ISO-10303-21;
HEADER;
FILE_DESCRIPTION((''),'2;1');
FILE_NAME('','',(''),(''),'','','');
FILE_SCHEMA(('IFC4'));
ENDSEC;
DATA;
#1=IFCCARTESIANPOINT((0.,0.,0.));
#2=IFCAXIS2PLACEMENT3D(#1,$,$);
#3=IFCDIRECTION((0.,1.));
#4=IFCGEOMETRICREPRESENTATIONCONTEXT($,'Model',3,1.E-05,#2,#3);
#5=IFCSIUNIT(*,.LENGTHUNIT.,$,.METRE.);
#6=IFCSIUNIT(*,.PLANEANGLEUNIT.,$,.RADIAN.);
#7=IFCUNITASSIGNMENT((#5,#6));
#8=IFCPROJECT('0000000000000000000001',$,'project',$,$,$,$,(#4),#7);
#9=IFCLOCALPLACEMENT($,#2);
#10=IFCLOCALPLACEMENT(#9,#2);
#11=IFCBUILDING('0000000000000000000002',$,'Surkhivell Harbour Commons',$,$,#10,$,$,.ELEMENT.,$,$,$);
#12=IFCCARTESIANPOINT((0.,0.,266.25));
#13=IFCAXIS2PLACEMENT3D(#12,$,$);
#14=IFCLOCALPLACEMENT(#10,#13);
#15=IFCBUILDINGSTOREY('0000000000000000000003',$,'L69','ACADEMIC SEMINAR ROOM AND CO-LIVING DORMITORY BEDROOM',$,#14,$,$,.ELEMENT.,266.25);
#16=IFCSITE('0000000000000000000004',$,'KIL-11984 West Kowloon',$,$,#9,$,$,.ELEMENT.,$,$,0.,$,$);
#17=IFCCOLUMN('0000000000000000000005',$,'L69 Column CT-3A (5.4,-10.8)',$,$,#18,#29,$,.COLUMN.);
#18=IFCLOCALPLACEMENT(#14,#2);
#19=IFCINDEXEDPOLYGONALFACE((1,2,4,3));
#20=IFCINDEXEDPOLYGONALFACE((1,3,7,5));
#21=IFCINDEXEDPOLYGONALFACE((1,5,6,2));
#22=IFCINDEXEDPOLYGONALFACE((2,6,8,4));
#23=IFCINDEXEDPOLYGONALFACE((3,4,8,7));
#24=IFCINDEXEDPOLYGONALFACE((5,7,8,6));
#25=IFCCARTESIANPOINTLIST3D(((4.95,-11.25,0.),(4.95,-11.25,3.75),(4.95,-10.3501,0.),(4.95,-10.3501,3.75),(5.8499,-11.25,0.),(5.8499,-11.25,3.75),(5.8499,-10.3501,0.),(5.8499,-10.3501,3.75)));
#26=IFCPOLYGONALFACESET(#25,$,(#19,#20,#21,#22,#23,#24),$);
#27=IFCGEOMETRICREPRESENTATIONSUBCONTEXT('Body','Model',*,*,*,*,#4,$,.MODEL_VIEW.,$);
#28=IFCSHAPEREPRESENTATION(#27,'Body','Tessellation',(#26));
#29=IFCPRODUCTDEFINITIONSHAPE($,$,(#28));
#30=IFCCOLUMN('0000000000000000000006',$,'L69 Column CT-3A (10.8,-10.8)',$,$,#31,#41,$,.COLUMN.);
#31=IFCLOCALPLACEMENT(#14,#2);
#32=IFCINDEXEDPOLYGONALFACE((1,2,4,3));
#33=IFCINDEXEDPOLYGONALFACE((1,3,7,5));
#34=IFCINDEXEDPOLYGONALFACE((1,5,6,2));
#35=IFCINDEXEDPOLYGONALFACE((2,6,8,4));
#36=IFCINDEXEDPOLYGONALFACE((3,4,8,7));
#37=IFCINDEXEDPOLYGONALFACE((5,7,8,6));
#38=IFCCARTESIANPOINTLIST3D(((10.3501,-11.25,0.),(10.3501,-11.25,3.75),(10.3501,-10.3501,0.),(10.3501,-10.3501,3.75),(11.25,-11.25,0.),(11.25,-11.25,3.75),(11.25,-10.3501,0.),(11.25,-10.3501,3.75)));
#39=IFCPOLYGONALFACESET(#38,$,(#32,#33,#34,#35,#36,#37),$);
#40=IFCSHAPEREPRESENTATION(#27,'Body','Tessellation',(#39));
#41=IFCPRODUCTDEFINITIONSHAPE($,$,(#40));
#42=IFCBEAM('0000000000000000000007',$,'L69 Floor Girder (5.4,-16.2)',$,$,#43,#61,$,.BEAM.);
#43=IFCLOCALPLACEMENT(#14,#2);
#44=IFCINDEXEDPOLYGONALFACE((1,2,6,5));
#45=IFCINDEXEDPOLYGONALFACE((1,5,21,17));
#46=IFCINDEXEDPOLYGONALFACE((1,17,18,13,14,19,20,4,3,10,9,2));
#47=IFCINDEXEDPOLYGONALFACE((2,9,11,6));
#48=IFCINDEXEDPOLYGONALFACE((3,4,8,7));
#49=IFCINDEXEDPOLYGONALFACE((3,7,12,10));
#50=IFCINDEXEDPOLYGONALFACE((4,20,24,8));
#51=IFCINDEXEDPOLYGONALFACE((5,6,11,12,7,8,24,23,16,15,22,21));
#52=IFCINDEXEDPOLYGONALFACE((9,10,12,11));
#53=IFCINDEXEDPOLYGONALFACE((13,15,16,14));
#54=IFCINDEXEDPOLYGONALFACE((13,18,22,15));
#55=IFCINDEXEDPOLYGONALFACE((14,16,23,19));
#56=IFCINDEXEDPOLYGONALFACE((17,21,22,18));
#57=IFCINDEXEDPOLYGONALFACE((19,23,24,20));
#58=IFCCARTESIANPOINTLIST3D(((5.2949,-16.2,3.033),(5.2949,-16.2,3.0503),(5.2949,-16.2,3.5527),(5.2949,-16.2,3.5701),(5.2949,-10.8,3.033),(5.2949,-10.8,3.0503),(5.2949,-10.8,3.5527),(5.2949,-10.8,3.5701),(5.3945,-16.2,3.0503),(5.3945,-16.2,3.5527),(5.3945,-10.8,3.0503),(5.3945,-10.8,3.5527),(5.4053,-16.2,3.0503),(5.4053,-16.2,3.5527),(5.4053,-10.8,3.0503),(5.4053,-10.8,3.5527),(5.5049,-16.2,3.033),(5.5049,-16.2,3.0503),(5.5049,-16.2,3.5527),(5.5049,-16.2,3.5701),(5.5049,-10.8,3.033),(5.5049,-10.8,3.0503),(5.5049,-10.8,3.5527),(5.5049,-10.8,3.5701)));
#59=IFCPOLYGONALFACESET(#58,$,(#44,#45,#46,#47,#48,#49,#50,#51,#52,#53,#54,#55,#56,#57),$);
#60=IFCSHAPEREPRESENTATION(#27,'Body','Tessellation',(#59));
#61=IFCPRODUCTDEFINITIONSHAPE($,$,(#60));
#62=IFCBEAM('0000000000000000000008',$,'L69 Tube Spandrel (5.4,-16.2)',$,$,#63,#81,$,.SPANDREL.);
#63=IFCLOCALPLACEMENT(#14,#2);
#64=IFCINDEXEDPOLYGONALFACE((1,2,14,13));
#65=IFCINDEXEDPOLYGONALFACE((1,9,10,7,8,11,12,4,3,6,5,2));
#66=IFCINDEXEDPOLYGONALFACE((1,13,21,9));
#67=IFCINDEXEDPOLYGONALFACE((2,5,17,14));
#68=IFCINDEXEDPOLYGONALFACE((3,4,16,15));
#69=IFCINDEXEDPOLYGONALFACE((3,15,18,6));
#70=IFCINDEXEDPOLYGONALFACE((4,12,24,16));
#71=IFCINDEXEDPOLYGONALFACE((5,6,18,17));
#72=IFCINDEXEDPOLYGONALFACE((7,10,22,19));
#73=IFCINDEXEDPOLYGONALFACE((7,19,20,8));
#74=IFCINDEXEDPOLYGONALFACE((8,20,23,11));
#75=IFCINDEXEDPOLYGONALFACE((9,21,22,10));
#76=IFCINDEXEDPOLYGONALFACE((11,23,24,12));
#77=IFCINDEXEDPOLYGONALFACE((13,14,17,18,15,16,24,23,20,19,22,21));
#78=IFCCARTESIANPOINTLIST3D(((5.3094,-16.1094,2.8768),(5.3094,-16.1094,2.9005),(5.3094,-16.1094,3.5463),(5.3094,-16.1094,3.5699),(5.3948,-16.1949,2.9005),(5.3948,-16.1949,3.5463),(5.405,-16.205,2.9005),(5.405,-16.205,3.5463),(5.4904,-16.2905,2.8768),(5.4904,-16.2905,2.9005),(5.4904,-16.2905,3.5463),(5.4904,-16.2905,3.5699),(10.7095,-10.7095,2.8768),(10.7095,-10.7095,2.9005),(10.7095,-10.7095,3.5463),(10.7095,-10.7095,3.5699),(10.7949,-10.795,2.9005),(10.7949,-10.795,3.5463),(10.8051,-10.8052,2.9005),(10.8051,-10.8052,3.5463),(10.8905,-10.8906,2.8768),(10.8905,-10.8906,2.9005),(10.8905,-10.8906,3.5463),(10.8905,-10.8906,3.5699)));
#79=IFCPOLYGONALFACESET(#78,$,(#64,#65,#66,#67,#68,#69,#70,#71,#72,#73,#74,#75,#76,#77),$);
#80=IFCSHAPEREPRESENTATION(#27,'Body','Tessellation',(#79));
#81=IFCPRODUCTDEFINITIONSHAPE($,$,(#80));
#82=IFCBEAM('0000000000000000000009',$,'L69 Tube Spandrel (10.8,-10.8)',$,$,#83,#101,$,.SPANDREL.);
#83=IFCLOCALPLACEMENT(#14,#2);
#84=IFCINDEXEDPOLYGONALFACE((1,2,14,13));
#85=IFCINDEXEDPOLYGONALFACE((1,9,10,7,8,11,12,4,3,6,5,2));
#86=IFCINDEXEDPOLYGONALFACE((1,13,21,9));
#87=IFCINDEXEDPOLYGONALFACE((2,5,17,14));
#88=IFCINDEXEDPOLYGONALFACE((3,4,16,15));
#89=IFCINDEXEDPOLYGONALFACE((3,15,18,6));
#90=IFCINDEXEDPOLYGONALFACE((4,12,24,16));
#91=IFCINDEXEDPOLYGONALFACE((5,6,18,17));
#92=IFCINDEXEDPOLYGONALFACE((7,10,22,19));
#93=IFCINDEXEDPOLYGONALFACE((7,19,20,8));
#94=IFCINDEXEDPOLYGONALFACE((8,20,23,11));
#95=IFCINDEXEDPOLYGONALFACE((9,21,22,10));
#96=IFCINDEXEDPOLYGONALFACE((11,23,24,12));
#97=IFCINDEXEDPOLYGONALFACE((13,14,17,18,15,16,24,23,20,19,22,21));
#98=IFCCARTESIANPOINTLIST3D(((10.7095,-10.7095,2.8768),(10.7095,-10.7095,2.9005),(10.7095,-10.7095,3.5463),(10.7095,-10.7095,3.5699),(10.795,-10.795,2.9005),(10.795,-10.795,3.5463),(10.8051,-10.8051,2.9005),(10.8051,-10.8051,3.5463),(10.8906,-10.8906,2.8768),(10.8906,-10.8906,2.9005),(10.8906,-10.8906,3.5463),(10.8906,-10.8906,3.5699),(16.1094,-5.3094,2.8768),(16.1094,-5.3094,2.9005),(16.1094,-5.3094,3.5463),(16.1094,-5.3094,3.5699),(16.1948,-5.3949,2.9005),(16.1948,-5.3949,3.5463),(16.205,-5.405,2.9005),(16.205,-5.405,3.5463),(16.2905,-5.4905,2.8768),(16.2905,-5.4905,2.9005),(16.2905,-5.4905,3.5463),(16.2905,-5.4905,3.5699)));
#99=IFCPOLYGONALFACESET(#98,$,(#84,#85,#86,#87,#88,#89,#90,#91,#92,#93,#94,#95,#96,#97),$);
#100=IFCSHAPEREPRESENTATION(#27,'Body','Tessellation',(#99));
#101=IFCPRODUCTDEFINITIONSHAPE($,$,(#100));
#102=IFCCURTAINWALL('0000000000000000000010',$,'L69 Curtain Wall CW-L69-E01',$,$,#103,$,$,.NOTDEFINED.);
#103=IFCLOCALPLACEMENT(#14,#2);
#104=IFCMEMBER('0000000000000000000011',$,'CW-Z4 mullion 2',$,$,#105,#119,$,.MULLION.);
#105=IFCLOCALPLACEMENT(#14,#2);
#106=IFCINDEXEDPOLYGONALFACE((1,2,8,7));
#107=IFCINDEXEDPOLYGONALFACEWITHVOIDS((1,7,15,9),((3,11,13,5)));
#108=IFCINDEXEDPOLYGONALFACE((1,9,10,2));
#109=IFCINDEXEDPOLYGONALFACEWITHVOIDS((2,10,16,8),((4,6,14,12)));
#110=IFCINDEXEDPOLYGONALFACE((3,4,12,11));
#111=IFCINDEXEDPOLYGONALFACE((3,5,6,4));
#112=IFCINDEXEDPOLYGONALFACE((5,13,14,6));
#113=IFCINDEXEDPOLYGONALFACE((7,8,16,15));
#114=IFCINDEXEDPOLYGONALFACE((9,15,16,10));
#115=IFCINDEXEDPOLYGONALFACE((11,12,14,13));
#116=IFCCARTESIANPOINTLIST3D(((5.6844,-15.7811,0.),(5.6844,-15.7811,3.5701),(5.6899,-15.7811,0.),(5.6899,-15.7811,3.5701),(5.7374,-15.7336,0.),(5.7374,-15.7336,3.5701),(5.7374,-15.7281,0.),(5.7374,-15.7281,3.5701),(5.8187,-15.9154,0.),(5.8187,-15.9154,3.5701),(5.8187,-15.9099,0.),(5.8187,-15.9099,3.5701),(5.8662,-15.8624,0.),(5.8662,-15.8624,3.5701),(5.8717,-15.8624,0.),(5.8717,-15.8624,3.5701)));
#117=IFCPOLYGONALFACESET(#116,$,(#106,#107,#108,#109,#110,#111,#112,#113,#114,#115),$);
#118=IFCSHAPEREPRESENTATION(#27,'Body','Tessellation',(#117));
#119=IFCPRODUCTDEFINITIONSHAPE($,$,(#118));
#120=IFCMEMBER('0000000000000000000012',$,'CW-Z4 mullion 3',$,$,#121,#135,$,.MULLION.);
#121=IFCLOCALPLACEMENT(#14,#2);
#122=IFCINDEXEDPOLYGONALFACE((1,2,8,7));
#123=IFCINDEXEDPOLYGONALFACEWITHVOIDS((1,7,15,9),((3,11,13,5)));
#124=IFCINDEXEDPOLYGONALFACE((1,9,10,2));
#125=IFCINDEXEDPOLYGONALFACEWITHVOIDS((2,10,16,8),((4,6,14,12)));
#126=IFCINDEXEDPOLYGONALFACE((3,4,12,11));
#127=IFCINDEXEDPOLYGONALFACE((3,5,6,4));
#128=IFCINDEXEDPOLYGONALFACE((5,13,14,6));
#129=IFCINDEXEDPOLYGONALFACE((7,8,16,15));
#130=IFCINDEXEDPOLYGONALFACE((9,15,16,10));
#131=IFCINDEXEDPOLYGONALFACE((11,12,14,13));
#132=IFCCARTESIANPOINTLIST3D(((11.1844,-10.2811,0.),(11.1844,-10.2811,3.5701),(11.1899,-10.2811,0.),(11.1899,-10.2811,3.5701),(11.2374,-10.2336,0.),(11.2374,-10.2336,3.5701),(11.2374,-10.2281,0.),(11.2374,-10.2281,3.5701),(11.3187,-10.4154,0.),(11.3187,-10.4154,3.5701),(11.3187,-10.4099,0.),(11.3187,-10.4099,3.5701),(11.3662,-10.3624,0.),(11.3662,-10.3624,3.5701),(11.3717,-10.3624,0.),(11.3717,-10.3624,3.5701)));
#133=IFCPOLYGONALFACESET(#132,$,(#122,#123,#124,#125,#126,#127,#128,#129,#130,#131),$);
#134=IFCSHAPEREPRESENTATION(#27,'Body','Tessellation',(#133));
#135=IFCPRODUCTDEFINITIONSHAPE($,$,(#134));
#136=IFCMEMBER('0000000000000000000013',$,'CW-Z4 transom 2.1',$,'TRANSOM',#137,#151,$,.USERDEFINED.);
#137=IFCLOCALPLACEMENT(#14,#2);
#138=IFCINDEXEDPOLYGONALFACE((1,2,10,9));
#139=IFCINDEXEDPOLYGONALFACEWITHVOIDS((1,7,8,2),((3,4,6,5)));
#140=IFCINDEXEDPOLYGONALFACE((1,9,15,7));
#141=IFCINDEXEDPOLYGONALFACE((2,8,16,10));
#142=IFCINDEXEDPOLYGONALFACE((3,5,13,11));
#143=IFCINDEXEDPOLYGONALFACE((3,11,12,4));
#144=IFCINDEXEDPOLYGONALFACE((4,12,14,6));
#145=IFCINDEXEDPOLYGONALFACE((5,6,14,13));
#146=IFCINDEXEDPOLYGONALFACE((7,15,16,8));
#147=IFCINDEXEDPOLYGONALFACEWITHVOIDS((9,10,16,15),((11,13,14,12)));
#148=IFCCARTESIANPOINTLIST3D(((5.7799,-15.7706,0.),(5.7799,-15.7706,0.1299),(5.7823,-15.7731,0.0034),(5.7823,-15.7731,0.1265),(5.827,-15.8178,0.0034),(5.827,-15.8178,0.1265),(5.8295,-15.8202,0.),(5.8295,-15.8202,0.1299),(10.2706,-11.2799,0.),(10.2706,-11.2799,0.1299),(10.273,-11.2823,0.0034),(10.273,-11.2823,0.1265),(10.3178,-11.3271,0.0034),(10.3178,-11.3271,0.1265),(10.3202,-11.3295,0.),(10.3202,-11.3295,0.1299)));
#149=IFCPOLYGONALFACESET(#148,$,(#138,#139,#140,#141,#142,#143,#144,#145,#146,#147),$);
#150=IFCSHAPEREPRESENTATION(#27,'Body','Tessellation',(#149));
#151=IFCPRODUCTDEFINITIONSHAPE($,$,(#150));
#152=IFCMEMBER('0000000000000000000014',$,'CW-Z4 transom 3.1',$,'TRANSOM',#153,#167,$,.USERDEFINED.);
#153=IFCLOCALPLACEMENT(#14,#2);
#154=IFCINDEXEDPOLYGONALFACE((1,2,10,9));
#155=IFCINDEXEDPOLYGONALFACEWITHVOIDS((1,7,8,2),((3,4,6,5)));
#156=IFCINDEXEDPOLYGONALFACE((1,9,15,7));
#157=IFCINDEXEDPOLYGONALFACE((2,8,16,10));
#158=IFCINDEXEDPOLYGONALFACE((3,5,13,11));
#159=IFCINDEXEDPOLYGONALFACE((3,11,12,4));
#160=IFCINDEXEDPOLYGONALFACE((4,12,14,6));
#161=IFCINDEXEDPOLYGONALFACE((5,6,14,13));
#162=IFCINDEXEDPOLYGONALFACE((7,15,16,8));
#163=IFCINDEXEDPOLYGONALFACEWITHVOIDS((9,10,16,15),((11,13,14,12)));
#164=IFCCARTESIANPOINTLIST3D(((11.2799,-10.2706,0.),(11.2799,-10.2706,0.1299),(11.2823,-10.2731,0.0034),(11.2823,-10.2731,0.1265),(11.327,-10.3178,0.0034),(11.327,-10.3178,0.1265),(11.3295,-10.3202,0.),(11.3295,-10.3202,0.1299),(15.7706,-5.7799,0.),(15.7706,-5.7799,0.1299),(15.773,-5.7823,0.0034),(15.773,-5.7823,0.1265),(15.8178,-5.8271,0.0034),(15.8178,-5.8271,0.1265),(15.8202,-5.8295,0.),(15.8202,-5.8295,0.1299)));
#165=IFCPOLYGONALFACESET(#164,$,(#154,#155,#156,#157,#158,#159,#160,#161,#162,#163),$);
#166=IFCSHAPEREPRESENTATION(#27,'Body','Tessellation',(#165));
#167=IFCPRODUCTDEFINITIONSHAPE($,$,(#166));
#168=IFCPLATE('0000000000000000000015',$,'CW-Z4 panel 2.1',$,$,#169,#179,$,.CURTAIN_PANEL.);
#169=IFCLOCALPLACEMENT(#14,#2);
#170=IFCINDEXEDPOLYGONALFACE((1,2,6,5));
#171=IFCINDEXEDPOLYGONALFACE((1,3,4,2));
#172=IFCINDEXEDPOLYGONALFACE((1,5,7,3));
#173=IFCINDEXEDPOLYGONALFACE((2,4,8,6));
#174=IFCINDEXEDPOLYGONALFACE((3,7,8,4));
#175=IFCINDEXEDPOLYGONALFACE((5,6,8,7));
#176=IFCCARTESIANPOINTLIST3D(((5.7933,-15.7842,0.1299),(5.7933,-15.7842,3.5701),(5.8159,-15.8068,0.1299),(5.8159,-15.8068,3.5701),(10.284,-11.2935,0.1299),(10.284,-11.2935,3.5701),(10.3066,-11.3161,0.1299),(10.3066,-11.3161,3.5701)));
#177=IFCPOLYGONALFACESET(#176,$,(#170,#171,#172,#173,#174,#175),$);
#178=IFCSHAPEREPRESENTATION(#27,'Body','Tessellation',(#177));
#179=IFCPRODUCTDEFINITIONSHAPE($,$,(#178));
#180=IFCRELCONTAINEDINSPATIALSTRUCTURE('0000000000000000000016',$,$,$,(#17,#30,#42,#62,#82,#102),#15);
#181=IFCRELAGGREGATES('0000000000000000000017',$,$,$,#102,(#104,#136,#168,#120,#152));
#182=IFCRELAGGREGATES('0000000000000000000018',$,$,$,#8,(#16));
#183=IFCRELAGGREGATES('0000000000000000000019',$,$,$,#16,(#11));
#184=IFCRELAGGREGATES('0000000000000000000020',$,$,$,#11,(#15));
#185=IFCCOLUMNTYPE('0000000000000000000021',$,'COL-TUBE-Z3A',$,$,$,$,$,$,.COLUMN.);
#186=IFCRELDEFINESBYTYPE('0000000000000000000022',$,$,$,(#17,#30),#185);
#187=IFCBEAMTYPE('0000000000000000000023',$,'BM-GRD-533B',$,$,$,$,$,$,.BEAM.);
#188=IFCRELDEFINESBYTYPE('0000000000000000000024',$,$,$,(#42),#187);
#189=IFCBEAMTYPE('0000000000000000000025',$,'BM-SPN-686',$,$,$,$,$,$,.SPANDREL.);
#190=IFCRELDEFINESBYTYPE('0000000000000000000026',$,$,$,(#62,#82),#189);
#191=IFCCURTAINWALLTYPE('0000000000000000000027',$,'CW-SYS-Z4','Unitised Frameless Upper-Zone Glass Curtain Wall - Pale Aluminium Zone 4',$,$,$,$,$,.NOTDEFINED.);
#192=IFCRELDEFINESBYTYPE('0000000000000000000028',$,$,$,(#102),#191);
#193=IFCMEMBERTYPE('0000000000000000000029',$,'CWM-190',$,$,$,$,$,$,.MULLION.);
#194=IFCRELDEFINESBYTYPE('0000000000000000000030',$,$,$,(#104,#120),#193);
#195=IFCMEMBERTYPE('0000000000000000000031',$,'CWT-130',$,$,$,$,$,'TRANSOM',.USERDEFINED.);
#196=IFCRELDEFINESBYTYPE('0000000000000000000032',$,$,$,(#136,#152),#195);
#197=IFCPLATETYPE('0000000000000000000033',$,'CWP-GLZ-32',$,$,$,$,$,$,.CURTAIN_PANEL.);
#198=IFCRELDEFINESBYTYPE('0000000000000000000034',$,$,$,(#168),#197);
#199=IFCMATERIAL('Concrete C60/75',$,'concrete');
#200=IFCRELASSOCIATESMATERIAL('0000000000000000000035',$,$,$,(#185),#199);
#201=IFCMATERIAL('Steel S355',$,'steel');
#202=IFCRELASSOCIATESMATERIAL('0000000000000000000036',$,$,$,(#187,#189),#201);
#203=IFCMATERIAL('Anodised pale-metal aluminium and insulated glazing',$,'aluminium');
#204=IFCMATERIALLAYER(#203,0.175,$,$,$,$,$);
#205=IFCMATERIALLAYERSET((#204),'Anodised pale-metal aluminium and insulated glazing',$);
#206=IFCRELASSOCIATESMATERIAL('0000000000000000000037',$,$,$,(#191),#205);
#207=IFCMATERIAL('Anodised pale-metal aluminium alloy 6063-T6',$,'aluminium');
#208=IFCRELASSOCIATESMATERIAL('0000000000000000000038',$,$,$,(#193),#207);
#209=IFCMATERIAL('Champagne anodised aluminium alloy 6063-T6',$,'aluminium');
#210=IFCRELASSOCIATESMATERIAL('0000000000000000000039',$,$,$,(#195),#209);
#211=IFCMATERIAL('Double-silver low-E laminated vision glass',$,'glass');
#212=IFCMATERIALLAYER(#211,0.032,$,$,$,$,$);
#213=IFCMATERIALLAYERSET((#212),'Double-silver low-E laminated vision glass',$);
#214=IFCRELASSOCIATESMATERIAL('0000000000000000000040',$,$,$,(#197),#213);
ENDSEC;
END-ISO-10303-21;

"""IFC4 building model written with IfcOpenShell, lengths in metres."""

from ifc_helpers import new_model, si_unit, direction, frame, frame_2d, origin, origin_2d, place, context, subcontext, project, spatial, rectangle, hollow_rectangle, i_section, extrude, material, layer, layer_set, material_profile, profile_set, type_object, element, aggregate, save


model = new_model("IFC4")

# Units and contexts
model_context = context("Model", 3, precision=1e-05, world=origin(), true_north=direction((0.0, 1.0)))
body_context = subcontext(model_context, "Body", "Model", "MODEL_VIEW")
ifc_project = project(units=[si_unit("LENGTHUNIT", "METRE"), si_unit("PLANEANGLEUNIT", "RADIAN")], contexts=[model_context])

# Site, building, storey
site_placement = place(None, origin())
site = spatial("IfcSite", under=ifc_project, at=site_placement, Name="KIL-11984 West Kowloon", CompositionType="ELEMENT", RefElevation=0.0)
building_placement = place(site_placement, origin())
building = spatial("IfcBuilding", under=site, at=building_placement, Name="Surkhivell Harbour Commons", CompositionType="ELEMENT")
storey_placement = place(building_placement, frame((0.0, 0.0, 266.25)))
storey = spatial("IfcBuildingStorey", under=building, at=storey_placement, Name="L69", Description="ACADEMIC SEMINAR ROOM AND CO-LIVING DORMITORY BEDROOM", CompositionType="ELEMENT", Elevation=266.25)

# Columns
ifc_material_1 = material(Name="Concrete C60/75", Category="concrete")
ifc_material_profile_1 = material_profile(ifc_material_1, rectangle(XDim=0.8999, YDim=0.8999, at=origin_2d()), Name="RC-COL-900x900")
ifc_profile_set_1 = profile_set([ifc_material_profile_1], Name="Concrete C60/75")
column_type = type_object("IfcColumnType", Name="COL-TUBE-Z3A", PredefinedType="COLUMN", material=ifc_profile_set_1)
for number, where, z_axis, x_axis, name in (
    (1, (5.3999, -10.8, 0.0), (0.0, 0.0, 1.0), (1.0, 0.0, 0.0), "L69 Column CT-3A (5.4,-10.8)"),
    (2, (10.8, -10.8, 0.0), (0.0, 0.0, 1.0), (1.0, 0.0, 0.0), "L69 Column CT-3A (10.8,-10.8)"),
):
    element("IfcColumn", number, at=place(storey_placement, frame(where, z_axis=z_axis, x_axis=x_axis)), inside=storey, type_object=column_type, Name=name, PredefinedType="COLUMN", context=body_context, shape_type="SweptSolid", body=[
        extrude(rectangle(XDim=0.8999, YDim=0.8999, at=origin_2d()), origin(), (0.0, 0.0, 1.0), 3.75),
    ])

# Beams
ifc_material_2 = material(Name="Steel S355", Category="steel")
ifc_material_profile_2 = material_profile(ifc_material_2, i_section(OverallWidth=0.21, OverallDepth=0.5371, WebThickness=0.0107, FlangeThickness=0.0173, at=origin_2d()), Name="UB533x210x101")
ifc_profile_set_2 = profile_set([ifc_material_profile_2], Name="Steel S355")
beam_type_1 = type_object("IfcBeamType", Name="BM-GRD-533B", PredefinedType="BEAM", material=ifc_profile_set_2)
beam_placement = place(storey_placement, frame((5.3999, -16.2, 3.3015), z_axis=(0.0, 1.0, 0.0), x_axis=(-1.0, 0.0, 0.0)))
element("IfcBeam", 3, at=beam_placement, inside=storey, type_object=beam_type_1, Name="L69 Floor Girder (5.4,-16.2)", PredefinedType="BEAM", context=body_context, shape_type="SweptSolid", body=[
    extrude(i_section(OverallWidth=0.21, OverallDepth=0.5371, WebThickness=0.0107, FlangeThickness=0.0173, at=origin_2d()), origin(), (0.0, 0.0, 1.0), 5.3999),
])
ifc_material_profile_3 = material_profile(ifc_material_2, i_section(OverallWidth=0.2561, OverallDepth=0.6931, WebThickness=0.0144, FlangeThickness=0.0237, at=origin_2d()), Name="UB686x254x170")
ifc_profile_set_3 = profile_set([ifc_material_profile_3], Name="Steel S355")
beam_type_2 = type_object("IfcBeamType", Name="BM-SPN-686", PredefinedType="SPANDREL", material=ifc_profile_set_3)
for number, where, z_axis, x_axis, name in (
    (4, (5.3999, -16.2, 3.2234), (0.707123, 0.707091, 0.0), (-0.707091, 0.707123, 0.0), "L69 Tube Spandrel (5.4,-16.2)"),
    (5, (10.8, -10.8, 3.2234), (0.707091, 0.707123, 0.0), (-0.707123, 0.707091, 0.0), "L69 Tube Spandrel (10.8,-10.8)"),
):
    element("IfcBeam", number, at=place(storey_placement, frame(where, z_axis=z_axis, x_axis=x_axis)), inside=storey, type_object=beam_type_2, Name=name, PredefinedType="SPANDREL", context=body_context, shape_type="SweptSolid", body=[
        extrude(i_section(OverallWidth=0.2561, OverallDepth=0.6931, WebThickness=0.0144, FlangeThickness=0.0237, at=origin_2d()), origin(), (0.0, 0.0, 1.0), 7.6367),
    ])

# Curtain wall, members, plate
ifc_material_3 = material(Name="Anodised pale-metal aluminium and insulated glazing", Category="aluminium")
ifc_layer_1 = layer(ifc_material_3, 0.175)
ifc_layer_set_1 = layer_set([ifc_layer_1], Name="Anodised pale-metal aluminium and insulated glazing")
curtain_wall_type = type_object("IfcCurtainWallType", Name="CW-SYS-Z4", Description="Unitised Frameless Upper-Zone Glass Curtain Wall - Pale Aluminium Zone 4", PredefinedType="NOTDEFINED", material=ifc_layer_set_1)
curtain_wall_placement = place(storey_placement, origin())
curtain_wall = element("IfcCurtainWall", 6, at=curtain_wall_placement, inside=storey, type_object=curtain_wall_type, Name="L69 Curtain Wall CW-L69-E01", PredefinedType="NOTDEFINED")
ifc_material_4 = material(Name="Anodised pale-metal aluminium alloy 6063-T6", Category="aluminium")
ifc_material_profile_4 = material_profile(ifc_material_4, hollow_rectangle(XDim=0.075, YDim=0.1899, WallThickness=0.0039, at=origin_2d()), Name="ALU-MULL-75x190")
ifc_profile_set_4 = profile_set([ifc_material_profile_4], Name="Anodised pale-metal aluminium alloy 6063-T6")
member_type_1 = type_object("IfcMemberType", Name="CWM-190", PredefinedType="MULLION", material=ifc_profile_set_4)
member_1_placement = place(storey_placement, frame((5.7781, -15.8218, 0.0), z_axis=(0.0, 0.0, 1.0), x_axis=(0.707107, 0.707107, 0.0)))
member_1 = element("IfcMember", 7, at=member_1_placement, type_object=member_type_1, Name="CW-Z4 mullion 2", PredefinedType="MULLION", context=body_context, shape_type="SweptSolid", body=[
    extrude(hollow_rectangle(XDim=0.075, YDim=0.1899, WallThickness=0.0039, at=origin_2d()), origin(), (0.0, 0.0, 1.0), 3.5701),
])
member_2_placement = place(storey_placement, frame((11.2781, -10.3218, 0.0), z_axis=(0.0, 0.0, 1.0), x_axis=(0.707107, 0.707107, 0.0)))
member_2 = element("IfcMember", 8, at=member_2_placement, type_object=member_type_1, Name="CW-Z4 mullion 3", PredefinedType="MULLION", context=body_context, shape_type="SweptSolid", body=[
    extrude(hollow_rectangle(XDim=0.075, YDim=0.1899, WallThickness=0.0039, at=origin_2d()), origin(), (0.0, 0.0, 1.0), 3.5701),
])
ifc_material_5 = material(Name="Champagne anodised aluminium alloy 6063-T6", Category="aluminium")
ifc_material_profile_5 = material_profile(ifc_material_5, hollow_rectangle(XDim=0.0701, YDim=0.1299, WallThickness=0.0034, at=origin_2d()), Name="ALU-TRAN-70x130")
ifc_profile_set_5 = profile_set([ifc_material_profile_5], Name="Champagne anodised aluminium alloy 6063-T6")
member_type_2 = type_object("IfcMemberType", Name="CWT-130", ElementType="TRANSOM", PredefinedType="USERDEFINED", material=ifc_profile_set_5)
member_3_placement = place(storey_placement, frame((5.8047, -15.7954, 0.0649), z_axis=(0.707107, 0.707107, 0.0), x_axis=(-0.707107, 0.707107, 0.0)))
member_3 = element("IfcMember", 9, at=member_3_placement, type_object=member_type_2, Name="CW-Z4 transom 2.1", ObjectType="TRANSOM", PredefinedType="USERDEFINED", context=body_context, shape_type="SweptSolid", body=[
    extrude(hollow_rectangle(XDim=0.0701, YDim=0.1299, WallThickness=0.0034, at=origin_2d()), origin(), (0.0, 0.0, 1.0), 6.3508),
])
member_4_placement = place(storey_placement, frame((11.3047, -10.2954, 0.0649), z_axis=(0.707107, 0.707107, 0.0), x_axis=(-0.707107, 0.707107, 0.0)))
member_4 = element("IfcMember", 10, at=member_4_placement, type_object=member_type_2, Name="CW-Z4 transom 3.1", ObjectType="TRANSOM", PredefinedType="USERDEFINED", context=body_context, shape_type="SweptSolid", body=[
    extrude(hollow_rectangle(XDim=0.0701, YDim=0.1299, WallThickness=0.0034, at=origin_2d()), origin(), (0.0, 0.0, 1.0), 6.3508),
])
ifc_material_6 = material(Name="Double-silver low-E laminated vision glass", Category="glass")
ifc_layer_2 = layer(ifc_material_6, 0.032)
ifc_layer_set_2 = layer_set([ifc_layer_2], Name="Double-silver low-E laminated vision glass")
plate_type = type_object("IfcPlateType", Name="CWP-GLZ-32", PredefinedType="CURTAIN_PANEL", material=ifc_layer_set_2)
plate_1_placement = place(storey_placement, frame((5.8047, -15.7954, 0.1299), z_axis=(0.0, 0.0, 1.0), x_axis=(0.707107, 0.707107, 0.0)))
plate_1 = element("IfcPlate", 11, at=plate_1_placement, type_object=plate_type, Name="CW-Z4 panel 2.1", PredefinedType="CURTAIN_PANEL", context=body_context, shape_type="SweptSolid", body=[
    extrude(rectangle(XDim=6.3508, YDim=0.032, at=frame_2d((3.1753, 0.0))), origin(), (0.0, 0.0, 1.0), 3.4402),
])
aggregate(curtain_wall, [member_1, member_3, plate_1, member_2, member_4])

save(model, "model.ifc")
